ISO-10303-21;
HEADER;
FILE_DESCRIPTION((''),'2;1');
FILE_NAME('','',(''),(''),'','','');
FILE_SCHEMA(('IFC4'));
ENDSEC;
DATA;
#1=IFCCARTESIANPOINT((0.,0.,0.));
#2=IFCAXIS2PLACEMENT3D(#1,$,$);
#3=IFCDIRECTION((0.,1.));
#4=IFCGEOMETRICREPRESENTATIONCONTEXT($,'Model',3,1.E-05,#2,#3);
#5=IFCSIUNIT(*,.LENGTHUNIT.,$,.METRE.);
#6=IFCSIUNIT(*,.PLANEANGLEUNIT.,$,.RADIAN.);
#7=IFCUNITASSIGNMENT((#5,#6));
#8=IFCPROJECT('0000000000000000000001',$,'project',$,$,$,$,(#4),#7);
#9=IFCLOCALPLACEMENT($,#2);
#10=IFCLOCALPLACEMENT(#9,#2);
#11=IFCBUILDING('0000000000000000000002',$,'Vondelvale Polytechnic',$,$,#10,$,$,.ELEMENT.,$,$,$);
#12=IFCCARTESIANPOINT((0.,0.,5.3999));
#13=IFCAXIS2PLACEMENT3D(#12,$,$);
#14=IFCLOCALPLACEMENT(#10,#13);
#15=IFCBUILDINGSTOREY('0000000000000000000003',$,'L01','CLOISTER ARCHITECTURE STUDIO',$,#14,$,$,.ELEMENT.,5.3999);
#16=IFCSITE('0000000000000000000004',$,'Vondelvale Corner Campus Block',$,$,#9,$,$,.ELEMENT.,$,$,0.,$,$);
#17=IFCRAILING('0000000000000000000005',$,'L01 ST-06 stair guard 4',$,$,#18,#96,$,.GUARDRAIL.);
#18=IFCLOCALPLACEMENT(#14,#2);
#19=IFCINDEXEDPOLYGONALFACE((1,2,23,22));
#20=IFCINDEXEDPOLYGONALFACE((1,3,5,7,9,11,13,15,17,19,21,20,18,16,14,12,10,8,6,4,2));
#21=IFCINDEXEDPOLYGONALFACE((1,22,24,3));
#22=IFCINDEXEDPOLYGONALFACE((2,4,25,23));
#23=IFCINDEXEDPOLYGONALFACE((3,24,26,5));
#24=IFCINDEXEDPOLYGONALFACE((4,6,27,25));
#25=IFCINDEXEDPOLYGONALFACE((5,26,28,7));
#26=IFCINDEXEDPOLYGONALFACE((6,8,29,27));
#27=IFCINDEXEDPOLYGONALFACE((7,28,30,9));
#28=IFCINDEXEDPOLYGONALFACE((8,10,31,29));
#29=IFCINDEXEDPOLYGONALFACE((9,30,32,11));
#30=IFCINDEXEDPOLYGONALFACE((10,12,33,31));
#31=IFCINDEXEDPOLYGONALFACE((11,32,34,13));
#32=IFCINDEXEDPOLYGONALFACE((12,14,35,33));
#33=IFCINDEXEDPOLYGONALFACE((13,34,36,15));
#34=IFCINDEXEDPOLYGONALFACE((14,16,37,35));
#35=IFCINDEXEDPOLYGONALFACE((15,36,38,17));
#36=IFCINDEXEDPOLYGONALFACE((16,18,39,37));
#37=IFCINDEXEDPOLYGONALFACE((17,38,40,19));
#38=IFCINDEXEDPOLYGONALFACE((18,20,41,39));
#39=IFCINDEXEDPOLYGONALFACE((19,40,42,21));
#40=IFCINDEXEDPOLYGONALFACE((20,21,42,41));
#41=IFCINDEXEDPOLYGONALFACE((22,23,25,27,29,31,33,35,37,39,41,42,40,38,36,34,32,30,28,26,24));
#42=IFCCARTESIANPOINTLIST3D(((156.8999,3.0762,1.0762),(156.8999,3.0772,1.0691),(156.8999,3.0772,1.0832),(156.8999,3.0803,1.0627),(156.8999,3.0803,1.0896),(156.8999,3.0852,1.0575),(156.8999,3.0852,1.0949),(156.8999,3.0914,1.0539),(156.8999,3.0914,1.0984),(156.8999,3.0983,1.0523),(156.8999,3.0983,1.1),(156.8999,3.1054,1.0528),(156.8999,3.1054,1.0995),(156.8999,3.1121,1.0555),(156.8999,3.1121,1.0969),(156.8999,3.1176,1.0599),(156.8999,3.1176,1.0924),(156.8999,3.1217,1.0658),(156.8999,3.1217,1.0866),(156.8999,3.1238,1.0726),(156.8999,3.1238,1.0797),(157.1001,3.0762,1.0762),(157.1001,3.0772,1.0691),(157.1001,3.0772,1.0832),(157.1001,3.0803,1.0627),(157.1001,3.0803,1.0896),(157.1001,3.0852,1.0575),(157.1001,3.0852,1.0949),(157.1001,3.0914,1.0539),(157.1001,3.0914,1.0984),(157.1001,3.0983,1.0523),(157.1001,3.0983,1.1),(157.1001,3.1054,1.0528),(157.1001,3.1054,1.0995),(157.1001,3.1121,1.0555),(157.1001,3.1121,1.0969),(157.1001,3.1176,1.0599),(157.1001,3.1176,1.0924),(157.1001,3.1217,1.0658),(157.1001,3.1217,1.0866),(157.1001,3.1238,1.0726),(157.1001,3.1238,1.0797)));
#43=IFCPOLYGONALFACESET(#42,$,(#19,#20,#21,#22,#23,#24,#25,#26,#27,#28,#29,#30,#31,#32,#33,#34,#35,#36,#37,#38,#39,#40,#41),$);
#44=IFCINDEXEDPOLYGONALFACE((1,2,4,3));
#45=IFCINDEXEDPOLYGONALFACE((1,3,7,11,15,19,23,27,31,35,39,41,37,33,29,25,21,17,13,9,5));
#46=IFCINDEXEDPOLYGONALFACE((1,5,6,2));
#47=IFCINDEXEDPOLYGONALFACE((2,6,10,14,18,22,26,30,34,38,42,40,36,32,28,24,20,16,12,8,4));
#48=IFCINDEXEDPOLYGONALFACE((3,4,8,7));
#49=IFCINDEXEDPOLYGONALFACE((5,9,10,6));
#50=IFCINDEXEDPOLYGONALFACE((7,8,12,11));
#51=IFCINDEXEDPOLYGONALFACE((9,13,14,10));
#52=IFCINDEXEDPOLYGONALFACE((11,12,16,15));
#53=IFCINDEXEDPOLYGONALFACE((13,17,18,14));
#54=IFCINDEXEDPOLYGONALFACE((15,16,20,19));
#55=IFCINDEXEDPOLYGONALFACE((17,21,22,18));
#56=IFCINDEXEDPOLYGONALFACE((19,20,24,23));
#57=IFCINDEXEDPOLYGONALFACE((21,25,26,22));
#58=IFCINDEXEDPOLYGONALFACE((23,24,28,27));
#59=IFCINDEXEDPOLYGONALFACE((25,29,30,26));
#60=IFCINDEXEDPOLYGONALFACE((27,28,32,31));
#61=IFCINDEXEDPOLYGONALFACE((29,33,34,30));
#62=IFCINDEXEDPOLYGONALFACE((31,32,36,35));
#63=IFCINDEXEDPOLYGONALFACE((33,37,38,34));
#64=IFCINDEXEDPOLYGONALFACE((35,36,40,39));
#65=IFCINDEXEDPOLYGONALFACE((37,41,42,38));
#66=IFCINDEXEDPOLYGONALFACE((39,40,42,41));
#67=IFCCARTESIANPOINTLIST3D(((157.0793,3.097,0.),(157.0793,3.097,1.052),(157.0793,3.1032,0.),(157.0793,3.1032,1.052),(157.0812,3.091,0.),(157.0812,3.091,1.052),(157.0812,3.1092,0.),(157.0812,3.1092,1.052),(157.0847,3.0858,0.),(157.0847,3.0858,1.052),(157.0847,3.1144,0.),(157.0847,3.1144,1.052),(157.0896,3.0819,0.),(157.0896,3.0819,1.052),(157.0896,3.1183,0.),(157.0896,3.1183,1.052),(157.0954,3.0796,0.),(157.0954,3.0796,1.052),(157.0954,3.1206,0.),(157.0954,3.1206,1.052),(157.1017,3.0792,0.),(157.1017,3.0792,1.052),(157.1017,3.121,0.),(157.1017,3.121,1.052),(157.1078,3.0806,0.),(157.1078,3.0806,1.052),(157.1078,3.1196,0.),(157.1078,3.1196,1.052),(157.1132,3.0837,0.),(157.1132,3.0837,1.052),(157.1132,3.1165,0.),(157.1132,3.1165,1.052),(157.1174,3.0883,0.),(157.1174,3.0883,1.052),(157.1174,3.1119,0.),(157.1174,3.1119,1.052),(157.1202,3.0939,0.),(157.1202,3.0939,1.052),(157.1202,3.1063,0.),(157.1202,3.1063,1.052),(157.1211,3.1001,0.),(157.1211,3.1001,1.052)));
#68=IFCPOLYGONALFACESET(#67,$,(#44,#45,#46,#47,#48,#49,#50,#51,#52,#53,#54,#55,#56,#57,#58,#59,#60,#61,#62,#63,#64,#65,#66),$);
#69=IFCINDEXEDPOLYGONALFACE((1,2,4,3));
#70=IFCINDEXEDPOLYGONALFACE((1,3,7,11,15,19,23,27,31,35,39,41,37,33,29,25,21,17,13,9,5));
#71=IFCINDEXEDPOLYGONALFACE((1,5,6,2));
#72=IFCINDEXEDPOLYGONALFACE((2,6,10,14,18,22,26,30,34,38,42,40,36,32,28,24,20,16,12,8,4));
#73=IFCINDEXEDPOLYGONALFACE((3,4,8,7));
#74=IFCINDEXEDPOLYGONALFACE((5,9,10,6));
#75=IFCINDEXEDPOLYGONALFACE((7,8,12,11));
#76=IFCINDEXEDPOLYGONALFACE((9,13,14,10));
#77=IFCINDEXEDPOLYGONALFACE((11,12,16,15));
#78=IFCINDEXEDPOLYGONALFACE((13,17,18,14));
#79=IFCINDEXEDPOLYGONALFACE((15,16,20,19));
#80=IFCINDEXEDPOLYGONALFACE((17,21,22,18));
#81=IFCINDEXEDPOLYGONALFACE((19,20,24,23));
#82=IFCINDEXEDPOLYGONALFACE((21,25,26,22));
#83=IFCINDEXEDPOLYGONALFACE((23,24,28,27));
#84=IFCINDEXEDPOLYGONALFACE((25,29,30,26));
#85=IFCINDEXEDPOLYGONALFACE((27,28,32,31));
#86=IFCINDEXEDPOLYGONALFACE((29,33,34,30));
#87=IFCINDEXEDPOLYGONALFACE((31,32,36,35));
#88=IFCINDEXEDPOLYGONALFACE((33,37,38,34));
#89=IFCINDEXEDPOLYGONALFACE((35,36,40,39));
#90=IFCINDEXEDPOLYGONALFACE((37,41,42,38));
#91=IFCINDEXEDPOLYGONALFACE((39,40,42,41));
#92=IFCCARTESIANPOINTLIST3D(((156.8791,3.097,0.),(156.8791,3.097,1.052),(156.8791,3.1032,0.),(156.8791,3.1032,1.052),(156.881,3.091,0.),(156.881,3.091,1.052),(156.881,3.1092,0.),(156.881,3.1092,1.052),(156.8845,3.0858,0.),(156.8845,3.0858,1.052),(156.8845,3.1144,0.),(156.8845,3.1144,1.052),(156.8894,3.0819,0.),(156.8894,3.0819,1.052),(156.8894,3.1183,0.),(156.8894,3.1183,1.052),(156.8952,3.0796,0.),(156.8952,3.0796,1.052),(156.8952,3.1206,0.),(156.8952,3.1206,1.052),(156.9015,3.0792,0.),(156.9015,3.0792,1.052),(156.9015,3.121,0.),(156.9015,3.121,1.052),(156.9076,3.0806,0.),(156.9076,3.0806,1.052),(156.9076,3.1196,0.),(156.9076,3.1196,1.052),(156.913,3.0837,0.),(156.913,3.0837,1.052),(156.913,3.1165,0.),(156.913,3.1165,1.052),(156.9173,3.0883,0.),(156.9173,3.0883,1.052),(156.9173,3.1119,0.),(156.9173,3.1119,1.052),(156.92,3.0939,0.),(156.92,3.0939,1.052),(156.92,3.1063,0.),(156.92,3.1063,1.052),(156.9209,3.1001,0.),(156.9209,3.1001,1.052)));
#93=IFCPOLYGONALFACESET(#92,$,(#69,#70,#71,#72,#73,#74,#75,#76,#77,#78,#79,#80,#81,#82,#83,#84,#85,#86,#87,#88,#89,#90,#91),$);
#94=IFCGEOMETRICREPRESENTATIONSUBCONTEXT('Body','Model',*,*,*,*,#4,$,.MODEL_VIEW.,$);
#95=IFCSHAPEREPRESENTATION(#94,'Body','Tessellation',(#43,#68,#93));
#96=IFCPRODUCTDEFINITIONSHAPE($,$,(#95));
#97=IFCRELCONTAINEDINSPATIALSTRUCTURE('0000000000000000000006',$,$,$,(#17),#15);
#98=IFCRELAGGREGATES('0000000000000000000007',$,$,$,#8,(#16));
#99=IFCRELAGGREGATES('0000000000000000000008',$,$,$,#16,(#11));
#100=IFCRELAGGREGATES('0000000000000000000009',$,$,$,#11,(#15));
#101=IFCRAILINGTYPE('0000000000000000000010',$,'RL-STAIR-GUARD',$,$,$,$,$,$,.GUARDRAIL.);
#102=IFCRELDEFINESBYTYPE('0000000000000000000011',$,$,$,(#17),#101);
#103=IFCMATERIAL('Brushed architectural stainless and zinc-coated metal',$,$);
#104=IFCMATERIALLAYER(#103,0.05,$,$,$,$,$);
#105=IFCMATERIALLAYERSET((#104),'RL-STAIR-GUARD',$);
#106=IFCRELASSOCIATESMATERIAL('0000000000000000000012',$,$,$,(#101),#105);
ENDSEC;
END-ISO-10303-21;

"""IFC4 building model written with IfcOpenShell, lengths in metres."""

from ifc_helpers import new_model, si_unit, direction, frame, origin, origin_2d, place, context, subcontext, project, spatial, circle, extrude, material, layer, layer_set, type_object, element, save


model = new_model("IFC4")

# Units and contexts
model_context = context("Model", 3, precision=1e-05, world=origin(), true_north=direction((0.0, 1.0)))
body_context = subcontext(model_context, "Body", "Model", "MODEL_VIEW")
ifc_project = project(units=[si_unit("LENGTHUNIT", "METRE"), si_unit("PLANEANGLEUNIT", "RADIAN")], contexts=[model_context])

# Site, building, storey
site_placement = place(None, origin())
site = spatial("IfcSite", under=ifc_project, at=site_placement, Name="Vondelvale Corner Campus Block", CompositionType="ELEMENT", RefElevation=0.0)
building_placement = place(site_placement, origin())
building = spatial("IfcBuilding", under=site, at=building_placement, Name="Vondelvale Polytechnic", CompositionType="ELEMENT")
storey_placement = place(building_placement, frame((0.0, 0.0, 5.3999)))
storey = spatial("IfcBuildingStorey", under=building, at=storey_placement, Name="L01", Description="CLOISTER ARCHITECTURE STUDIO", CompositionType="ELEMENT", Elevation=5.3999)

# Shared definitions
ifc_material_1 = material(Name="Brushed architectural stainless and zinc-coated metal")

# Railing
ifc_layer_1 = layer(ifc_material_1, 0.05)
ifc_layer_set_1 = layer_set([ifc_layer_1], Name="RL-STAIR-GUARD")
railing_type_1 = type_object("IfcRailingType", Name="RL-STAIR-GUARD", PredefinedType="GUARDRAIL", material=ifc_layer_set_1)
railing_1_placement = place(storey_placement, frame((157.1001, 3.1001, 0.0)))
element("IfcRailing", 1, at=railing_1_placement, inside=storey, type_object=railing_type_1, Name="L01 ST-06 stair guard 4", PredefinedType="GUARDRAIL", context=body_context, shape_type="SweptSolid", body=[
    extrude(circle(Radius=0.0239, at=origin_2d()), frame((0.0, 0.0, 1.0762), z_axis=(-1.0, 0.0, 0.0), x_axis=(0.0, -1.0, 0.0)), (0.0, 0.0, 1.0), 0.2002),
    extrude(circle(Radius=0.021, at=origin_2d()), origin(), (0.0, 0.0, 1.0), 1.052),
    extrude(circle(Radius=0.021, at=origin_2d()), frame((-0.2002, 0.0, 0.0)), (0.0, 0.0, 1.0), 1.052),
])

save(model, "model.ifc")
